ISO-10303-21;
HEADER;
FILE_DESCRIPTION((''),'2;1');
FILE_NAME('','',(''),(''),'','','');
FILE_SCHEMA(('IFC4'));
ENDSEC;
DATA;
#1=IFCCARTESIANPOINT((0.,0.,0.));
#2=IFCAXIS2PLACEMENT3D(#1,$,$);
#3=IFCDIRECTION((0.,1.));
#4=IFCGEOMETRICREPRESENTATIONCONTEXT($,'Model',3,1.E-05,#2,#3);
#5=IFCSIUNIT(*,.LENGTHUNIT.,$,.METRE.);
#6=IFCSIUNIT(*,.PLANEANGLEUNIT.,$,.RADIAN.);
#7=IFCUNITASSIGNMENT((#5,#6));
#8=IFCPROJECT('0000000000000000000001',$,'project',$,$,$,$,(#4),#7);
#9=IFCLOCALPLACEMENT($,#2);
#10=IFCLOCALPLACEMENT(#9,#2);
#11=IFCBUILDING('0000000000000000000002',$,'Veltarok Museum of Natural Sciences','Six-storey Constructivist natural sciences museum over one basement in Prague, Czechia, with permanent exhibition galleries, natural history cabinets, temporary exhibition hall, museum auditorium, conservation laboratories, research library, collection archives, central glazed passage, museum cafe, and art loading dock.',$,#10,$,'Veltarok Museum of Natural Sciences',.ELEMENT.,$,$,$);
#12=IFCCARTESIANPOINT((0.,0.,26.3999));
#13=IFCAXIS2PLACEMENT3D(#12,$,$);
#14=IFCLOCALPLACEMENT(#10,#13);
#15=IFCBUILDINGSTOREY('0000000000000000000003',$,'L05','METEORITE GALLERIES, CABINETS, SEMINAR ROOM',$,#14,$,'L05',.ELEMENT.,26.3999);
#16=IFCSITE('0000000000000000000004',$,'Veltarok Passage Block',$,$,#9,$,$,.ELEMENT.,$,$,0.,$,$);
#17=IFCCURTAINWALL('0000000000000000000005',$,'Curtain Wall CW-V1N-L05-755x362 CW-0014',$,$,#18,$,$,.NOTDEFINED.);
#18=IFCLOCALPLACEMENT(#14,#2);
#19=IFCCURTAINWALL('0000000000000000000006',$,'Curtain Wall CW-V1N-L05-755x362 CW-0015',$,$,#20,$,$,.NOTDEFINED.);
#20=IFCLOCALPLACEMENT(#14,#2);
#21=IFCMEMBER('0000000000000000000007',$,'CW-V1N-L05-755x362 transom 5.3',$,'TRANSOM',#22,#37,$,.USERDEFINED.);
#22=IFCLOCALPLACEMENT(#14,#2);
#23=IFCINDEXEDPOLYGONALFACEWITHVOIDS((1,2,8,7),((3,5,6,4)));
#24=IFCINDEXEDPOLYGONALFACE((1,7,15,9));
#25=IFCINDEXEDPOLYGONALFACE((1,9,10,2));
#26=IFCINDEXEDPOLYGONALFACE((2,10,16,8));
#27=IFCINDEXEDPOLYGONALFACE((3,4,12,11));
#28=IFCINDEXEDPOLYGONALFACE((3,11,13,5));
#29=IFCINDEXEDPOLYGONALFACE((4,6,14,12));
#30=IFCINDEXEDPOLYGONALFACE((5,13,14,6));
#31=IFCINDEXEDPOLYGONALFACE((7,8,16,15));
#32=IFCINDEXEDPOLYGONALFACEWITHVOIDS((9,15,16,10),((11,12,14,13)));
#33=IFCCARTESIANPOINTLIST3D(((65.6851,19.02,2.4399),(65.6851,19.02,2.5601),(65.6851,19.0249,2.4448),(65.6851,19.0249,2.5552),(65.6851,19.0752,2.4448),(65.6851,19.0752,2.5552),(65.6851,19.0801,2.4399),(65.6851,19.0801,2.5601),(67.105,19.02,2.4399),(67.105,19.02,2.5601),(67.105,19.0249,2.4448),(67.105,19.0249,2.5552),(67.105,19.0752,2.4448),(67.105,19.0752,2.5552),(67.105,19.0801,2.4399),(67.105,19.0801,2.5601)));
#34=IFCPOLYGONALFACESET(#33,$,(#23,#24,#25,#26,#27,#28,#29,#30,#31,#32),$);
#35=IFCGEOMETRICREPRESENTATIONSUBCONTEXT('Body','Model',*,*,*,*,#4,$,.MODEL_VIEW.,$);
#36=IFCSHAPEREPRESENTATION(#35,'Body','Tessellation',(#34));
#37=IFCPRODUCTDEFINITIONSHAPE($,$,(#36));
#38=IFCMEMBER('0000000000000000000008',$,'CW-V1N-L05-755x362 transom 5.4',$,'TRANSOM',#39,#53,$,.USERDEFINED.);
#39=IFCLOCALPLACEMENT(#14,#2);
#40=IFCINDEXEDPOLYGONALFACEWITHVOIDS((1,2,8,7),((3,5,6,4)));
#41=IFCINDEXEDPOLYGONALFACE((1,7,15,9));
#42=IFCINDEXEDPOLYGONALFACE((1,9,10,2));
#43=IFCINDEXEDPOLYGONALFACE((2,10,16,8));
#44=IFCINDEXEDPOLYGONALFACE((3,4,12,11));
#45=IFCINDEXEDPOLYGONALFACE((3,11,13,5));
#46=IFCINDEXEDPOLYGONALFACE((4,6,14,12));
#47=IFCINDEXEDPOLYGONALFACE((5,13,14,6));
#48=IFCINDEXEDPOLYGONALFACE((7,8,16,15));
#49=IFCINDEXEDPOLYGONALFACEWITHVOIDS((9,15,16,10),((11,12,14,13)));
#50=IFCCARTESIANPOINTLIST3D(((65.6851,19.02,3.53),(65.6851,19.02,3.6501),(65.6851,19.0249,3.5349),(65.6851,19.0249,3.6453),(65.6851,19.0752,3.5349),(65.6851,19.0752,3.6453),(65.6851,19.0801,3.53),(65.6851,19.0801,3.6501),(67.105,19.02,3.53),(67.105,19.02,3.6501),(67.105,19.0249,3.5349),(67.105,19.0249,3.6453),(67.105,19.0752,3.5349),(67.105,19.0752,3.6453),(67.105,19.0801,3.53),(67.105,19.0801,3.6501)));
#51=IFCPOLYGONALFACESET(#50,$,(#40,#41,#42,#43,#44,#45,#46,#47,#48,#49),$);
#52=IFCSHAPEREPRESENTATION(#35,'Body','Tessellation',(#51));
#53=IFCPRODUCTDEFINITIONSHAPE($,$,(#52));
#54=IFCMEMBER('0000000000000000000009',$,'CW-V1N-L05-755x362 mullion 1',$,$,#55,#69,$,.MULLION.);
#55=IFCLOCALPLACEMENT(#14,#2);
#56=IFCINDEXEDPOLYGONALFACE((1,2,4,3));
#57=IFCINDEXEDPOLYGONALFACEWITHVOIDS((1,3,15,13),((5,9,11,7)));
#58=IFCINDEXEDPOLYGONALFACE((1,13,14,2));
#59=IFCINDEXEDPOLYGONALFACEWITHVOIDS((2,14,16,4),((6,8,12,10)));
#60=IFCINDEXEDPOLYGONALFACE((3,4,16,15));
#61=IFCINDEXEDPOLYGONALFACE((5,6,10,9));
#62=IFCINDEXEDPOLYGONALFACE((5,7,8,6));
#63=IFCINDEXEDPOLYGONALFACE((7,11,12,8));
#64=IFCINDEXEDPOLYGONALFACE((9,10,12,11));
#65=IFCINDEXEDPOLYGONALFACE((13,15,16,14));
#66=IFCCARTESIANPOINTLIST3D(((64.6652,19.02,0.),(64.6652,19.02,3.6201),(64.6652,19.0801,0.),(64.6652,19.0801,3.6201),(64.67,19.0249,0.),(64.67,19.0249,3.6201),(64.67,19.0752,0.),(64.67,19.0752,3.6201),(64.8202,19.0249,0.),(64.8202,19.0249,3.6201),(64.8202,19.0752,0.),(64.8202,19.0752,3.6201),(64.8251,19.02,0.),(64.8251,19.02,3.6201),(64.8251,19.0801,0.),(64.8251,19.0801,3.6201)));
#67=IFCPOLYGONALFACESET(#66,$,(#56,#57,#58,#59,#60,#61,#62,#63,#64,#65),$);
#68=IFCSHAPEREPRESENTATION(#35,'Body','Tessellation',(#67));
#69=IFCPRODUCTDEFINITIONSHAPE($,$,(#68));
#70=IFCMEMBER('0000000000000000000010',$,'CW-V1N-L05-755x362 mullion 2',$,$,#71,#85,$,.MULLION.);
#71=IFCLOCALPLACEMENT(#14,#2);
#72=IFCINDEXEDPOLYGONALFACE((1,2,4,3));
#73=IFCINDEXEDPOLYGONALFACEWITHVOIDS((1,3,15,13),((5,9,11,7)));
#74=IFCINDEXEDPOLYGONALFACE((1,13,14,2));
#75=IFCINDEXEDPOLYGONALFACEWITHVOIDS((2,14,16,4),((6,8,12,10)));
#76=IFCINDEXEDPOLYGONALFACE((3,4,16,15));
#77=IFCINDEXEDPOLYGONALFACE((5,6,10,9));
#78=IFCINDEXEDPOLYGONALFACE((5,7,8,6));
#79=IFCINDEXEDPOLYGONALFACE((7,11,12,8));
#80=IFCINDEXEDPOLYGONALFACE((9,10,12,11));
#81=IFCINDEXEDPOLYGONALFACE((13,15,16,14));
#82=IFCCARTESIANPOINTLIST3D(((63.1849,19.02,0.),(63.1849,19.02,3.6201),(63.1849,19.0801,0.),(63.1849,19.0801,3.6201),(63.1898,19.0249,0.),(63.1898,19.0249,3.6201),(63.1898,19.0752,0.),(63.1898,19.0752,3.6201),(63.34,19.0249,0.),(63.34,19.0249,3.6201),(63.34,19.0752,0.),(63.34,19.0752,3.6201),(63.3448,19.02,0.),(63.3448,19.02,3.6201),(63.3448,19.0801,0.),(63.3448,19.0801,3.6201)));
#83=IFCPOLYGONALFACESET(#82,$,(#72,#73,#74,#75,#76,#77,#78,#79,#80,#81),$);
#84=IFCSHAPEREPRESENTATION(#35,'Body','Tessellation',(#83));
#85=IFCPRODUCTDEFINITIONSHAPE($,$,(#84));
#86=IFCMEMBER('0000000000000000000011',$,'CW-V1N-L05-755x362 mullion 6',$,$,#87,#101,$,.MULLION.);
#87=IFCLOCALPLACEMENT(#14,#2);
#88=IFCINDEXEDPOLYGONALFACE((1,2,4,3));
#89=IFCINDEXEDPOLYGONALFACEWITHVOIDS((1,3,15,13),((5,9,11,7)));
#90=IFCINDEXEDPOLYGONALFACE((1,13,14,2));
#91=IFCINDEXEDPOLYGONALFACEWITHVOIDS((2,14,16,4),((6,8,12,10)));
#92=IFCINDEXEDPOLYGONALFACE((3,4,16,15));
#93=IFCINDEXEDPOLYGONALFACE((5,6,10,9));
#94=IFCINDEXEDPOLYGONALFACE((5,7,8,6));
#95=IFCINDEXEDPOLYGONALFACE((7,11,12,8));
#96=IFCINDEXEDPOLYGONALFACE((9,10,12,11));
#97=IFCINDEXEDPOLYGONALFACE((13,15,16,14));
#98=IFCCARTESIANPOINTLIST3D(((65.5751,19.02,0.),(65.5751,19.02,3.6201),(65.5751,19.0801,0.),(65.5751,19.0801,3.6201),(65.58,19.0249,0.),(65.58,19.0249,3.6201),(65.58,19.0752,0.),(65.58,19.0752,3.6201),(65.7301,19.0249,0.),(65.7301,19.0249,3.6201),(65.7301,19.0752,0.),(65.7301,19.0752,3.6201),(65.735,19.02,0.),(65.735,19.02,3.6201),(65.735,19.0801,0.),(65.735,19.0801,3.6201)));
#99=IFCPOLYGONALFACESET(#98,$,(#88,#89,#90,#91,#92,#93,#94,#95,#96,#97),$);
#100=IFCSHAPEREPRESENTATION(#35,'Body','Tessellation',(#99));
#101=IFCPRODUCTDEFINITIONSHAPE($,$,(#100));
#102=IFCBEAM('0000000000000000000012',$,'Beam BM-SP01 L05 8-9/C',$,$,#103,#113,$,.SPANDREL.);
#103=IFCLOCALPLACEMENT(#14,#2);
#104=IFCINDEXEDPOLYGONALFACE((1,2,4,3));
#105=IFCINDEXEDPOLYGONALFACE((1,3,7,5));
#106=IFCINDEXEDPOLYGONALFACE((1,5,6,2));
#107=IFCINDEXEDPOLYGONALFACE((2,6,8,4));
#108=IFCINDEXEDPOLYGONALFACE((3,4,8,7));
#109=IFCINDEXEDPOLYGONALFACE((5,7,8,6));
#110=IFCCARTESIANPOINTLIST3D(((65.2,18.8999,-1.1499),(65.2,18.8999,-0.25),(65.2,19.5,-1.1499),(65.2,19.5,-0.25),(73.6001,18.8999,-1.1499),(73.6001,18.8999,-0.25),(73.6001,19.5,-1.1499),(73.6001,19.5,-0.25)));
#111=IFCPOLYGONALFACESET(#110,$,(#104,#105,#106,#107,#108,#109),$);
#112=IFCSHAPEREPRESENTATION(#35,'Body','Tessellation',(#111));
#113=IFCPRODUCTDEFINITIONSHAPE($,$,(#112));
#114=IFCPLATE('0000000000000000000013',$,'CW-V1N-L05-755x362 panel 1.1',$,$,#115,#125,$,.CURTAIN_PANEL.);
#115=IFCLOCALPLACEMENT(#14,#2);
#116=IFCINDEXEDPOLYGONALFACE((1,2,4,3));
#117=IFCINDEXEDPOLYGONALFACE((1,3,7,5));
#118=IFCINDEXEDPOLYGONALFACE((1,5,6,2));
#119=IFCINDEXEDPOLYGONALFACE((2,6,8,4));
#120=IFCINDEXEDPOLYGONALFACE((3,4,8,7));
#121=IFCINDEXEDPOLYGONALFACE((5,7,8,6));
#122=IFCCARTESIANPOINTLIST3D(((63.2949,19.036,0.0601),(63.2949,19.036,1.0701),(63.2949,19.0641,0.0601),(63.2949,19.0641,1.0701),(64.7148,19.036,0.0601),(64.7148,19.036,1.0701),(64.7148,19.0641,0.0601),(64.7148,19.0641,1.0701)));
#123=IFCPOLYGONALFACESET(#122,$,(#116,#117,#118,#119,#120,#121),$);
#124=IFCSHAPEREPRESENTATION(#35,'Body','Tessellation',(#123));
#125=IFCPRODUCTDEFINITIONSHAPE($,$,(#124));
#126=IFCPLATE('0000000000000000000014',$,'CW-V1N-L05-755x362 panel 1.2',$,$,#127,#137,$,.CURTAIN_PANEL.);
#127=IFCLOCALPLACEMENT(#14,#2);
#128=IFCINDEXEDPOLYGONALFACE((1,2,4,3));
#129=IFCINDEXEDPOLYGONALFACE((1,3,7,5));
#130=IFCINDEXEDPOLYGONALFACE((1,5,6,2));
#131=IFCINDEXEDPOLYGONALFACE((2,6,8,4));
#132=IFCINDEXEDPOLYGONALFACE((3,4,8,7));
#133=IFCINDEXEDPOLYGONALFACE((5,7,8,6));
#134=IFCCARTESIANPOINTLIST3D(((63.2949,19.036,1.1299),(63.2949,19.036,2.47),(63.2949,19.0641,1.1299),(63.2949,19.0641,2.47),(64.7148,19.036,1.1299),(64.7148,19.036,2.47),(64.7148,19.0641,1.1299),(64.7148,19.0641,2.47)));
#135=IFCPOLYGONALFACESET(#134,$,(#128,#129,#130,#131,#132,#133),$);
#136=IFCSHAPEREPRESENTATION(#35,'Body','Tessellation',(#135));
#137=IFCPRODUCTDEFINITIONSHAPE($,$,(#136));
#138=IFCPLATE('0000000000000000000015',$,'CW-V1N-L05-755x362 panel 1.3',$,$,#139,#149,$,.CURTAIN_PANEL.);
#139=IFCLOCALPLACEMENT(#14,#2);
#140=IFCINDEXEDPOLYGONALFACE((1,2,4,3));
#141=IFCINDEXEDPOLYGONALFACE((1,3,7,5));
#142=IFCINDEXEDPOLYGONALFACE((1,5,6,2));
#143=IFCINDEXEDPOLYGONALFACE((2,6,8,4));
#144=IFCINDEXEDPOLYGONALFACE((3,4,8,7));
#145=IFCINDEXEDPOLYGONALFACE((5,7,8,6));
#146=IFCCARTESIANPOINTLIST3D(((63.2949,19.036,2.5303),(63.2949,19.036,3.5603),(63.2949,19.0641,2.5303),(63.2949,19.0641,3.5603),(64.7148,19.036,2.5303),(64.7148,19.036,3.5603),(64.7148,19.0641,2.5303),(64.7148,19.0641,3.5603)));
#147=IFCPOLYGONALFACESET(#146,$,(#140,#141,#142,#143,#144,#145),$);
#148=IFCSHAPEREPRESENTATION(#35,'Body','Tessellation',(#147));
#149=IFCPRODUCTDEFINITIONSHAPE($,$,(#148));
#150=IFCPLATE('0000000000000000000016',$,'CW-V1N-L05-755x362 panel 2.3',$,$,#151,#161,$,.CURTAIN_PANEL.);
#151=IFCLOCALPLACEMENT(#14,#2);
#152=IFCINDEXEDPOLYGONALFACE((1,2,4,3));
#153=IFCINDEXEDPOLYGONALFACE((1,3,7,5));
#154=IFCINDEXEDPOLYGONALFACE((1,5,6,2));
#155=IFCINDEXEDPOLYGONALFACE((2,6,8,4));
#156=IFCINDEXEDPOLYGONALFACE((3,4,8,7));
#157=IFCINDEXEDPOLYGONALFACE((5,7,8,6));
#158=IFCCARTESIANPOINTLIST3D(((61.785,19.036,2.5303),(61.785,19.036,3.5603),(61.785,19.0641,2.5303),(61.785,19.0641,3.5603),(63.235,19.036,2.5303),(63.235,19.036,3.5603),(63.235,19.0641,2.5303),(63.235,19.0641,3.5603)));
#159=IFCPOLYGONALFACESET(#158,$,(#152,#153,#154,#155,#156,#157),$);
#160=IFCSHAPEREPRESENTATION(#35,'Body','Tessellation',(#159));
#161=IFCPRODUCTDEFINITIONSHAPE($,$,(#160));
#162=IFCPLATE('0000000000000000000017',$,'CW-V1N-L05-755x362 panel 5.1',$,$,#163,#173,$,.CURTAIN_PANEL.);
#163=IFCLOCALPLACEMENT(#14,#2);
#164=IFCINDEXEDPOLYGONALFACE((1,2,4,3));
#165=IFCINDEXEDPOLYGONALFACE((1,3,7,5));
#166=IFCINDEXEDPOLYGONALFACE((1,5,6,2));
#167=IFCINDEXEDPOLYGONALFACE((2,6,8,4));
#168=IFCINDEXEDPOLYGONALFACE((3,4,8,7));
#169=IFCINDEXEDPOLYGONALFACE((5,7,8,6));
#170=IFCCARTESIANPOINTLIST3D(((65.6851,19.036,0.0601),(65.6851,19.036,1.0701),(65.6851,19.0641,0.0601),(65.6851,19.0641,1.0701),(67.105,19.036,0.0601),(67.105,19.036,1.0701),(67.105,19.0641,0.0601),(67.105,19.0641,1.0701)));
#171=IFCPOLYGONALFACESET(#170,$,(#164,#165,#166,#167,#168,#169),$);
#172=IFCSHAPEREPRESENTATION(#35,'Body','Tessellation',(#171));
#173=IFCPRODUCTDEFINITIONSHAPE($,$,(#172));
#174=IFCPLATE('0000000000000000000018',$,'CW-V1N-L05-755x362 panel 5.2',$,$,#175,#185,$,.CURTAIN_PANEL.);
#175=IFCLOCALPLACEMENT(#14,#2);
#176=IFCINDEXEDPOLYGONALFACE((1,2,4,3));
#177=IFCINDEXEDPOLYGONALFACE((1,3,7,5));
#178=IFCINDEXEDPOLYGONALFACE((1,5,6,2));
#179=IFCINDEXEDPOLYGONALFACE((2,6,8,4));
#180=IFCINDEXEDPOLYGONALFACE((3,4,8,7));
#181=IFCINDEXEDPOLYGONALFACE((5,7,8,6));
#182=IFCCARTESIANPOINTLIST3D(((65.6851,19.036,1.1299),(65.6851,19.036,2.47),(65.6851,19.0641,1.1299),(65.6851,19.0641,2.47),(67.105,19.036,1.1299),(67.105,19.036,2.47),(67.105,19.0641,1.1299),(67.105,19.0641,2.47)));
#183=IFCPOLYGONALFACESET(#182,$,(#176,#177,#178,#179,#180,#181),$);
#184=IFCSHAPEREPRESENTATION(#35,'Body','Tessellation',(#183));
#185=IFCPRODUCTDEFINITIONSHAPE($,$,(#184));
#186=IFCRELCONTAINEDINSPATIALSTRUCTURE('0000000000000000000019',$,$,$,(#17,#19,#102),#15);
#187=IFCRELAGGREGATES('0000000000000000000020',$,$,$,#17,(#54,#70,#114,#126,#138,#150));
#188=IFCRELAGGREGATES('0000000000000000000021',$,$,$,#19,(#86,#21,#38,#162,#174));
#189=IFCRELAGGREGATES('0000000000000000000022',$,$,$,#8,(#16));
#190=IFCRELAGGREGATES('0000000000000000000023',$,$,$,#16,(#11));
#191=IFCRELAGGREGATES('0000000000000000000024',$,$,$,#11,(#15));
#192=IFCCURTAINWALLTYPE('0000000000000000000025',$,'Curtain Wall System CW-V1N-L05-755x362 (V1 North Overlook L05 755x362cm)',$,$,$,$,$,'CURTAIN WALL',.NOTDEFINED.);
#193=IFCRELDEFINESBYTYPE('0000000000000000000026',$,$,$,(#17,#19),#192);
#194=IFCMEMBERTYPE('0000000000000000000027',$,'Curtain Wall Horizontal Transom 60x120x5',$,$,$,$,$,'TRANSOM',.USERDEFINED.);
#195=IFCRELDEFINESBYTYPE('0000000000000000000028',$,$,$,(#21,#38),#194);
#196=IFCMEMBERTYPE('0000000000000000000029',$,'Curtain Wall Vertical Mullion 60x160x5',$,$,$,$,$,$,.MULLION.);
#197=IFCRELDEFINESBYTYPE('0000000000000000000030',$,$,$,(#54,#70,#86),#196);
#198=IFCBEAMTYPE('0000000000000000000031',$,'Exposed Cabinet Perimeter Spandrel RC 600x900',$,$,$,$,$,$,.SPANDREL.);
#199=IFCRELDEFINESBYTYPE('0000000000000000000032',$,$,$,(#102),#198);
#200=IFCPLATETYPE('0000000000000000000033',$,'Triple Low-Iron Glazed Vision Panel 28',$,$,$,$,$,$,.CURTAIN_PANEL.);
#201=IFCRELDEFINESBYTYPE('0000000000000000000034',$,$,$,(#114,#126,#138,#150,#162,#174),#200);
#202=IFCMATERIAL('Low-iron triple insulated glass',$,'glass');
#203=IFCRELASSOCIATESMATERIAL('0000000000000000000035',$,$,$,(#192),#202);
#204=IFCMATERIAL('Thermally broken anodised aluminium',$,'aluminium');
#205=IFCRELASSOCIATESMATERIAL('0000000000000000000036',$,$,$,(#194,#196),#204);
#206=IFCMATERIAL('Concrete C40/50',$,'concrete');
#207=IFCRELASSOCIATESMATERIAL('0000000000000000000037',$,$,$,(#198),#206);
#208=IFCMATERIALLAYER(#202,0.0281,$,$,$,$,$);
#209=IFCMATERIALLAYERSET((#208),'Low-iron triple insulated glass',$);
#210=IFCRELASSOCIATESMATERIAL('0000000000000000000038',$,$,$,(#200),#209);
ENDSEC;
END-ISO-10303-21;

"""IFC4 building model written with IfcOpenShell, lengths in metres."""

from ifc_helpers import new_model, si_unit, direction, frame, origin, origin_2d, place, context, subcontext, project, spatial, rectangle, hollow_rectangle, extrude, material, layer, layer_set, material_profile, profile_set, type_object, element, aggregate, save


model = new_model("IFC4")

# Units and contexts
model_context = context("Model", 3, precision=1e-05, world=origin(), true_north=direction((0.0, 1.0)))
body_context = subcontext(model_context, "Body", "Model", "MODEL_VIEW")
ifc_project = project(units=[si_unit("LENGTHUNIT", "METRE"), si_unit("PLANEANGLEUNIT", "RADIAN")], contexts=[model_context])

# Site, building, storey
site_placement = place(None, origin())
site = spatial("IfcSite", under=ifc_project, at=site_placement, Name="Veltarok Passage Block", CompositionType="ELEMENT", RefElevation=0.0)
building_placement = place(site_placement, origin())
building = spatial("IfcBuilding", under=site, at=building_placement, Name="Veltarok Museum of Natural Sciences", Description="Six-storey Constructivist natural sciences museum over one basement in Prague, Czechia, with permanent exhibition galleries, natural history cabinets, temporary exhibition hall, museum auditorium, conservation laboratories, research library, collection archives, central glazed passage, museum cafe, and art loading dock.", LongName="Veltarok Museum of Natural Sciences", CompositionType="ELEMENT")
storey_placement = place(building_placement, frame((0.0, 0.0, 26.3999)))
storey = spatial("IfcBuildingStorey", under=building, at=storey_placement, Name="L05", Description="METEORITE GALLERIES, CABINETS, SEMINAR ROOM", LongName="L05", CompositionType="ELEMENT", Elevation=26.3999)

# Shared definitions
ifc_material_1 = material(Name="Concrete C40/50", Category="concrete")

# Curtain walls, members
ifc_material_2 = material(Name="Low-iron triple insulated glass", Category="glass")
curtain_wall_type = type_object("IfcCurtainWallType", Name="Curtain Wall System CW-V1N-L05-755x362 (V1 North Overlook L05 755x362cm)", ElementType="CURTAIN WALL", PredefinedType="NOTDEFINED", material=ifc_material_2)
curtain_wall_1_placement = place(storey_placement, origin())
curtain_wall_1 = element("IfcCurtainWall", 1, at=curtain_wall_1_placement, inside=storey, type_object=curtain_wall_type, Name="Curtain Wall CW-V1N-L05-755x362 CW-0014", PredefinedType="NOTDEFINED")
ifc_material_3 = material(Name="Thermally broken anodised aluminium", Category="aluminium")
ifc_material_profile_1 = material_profile(ifc_material_3, hollow_rectangle(XDim=0.0601, YDim=0.1201, WallThickness=0.0049, at=origin_2d()), Name="CW TRANSOM 60x120x5")
ifc_profile_set_1 = profile_set([ifc_material_profile_1], Name="Thermally broken anodised aluminium")
member_type_1 = type_object("IfcMemberType", Name="Curtain Wall Horizontal Transom 60x120x5", ElementType="TRANSOM", PredefinedType="USERDEFINED", material=ifc_profile_set_1)
curtain_wall_2_placement = place(storey_placement, origin())
curtain_wall_2 = element("IfcCurtainWall", 2, at=curtain_wall_2_placement, inside=storey, type_object=curtain_wall_type, Name="Curtain Wall CW-V1N-L05-755x362 CW-0015", PredefinedType="NOTDEFINED")
member_1_placement = place(storey_placement, frame((67.105, 19.05, 2.5), z_axis=(-1.0, 0.0, 0.0), x_axis=(0.0, -1.0, 0.0)))
member_1 = element("IfcMember", 3, at=member_1_placement, type_object=member_type_1, Name="CW-V1N-L05-755x362 transom 5.3", ObjectType="TRANSOM", PredefinedType="USERDEFINED", context=body_context, shape_type="SweptSolid", body=[
    extrude(hollow_rectangle(XDim=0.0601, YDim=0.1201, WallThickness=0.0049, at=origin_2d()), origin(), (0.0, 0.0, 1.0), 1.4199),
])
member_2_placement = place(storey_placement, frame((67.105, 19.05, 3.5901), z_axis=(-1.0, 0.0, 0.0), x_axis=(0.0, -1.0, 0.0)))
member_2 = element("IfcMember", 4, at=member_2_placement, type_object=member_type_1, Name="CW-V1N-L05-755x362 transom 5.4", ObjectType="TRANSOM", PredefinedType="USERDEFINED", context=body_context, shape_type="SweptSolid", body=[
    extrude(hollow_rectangle(XDim=0.0601, YDim=0.1201, WallThickness=0.0049, at=origin_2d()), origin(), (0.0, 0.0, 1.0), 1.4199),
])

# Members
ifc_material_profile_2 = material_profile(ifc_material_3, hollow_rectangle(XDim=0.0601, YDim=0.1599, WallThickness=0.0049, at=origin_2d()), Name="CW MULLION 60x160x5")
ifc_profile_set_2 = profile_set([ifc_material_profile_2], Name="Thermally broken anodised aluminium")
member_type_2 = type_object("IfcMemberType", Name="Curtain Wall Vertical Mullion 60x160x5", PredefinedType="MULLION", material=ifc_profile_set_2)
member_3_placement = place(storey_placement, frame((64.7451, 19.05, 0.0), z_axis=(0.0, 0.0, 1.0), x_axis=(0.0, -1.0, 0.0)))
member_3 = element("IfcMember", 5, at=member_3_placement, type_object=member_type_2, Name="CW-V1N-L05-755x362 mullion 1", PredefinedType="MULLION", context=body_context, shape_type="SweptSolid", body=[
    extrude(hollow_rectangle(XDim=0.0601, YDim=0.1599, WallThickness=0.0049, at=origin_2d()), origin(), (0.0, 0.0, 1.0), 3.6201),
])
member_4_placement = place(storey_placement, frame((63.2649, 19.05, 0.0), z_axis=(0.0, 0.0, 1.0), x_axis=(0.0, -1.0, 0.0)))
member_4 = element("IfcMember", 6, at=member_4_placement, type_object=member_type_2, Name="CW-V1N-L05-755x362 mullion 2", PredefinedType="MULLION", context=body_context, shape_type="SweptSolid", body=[
    extrude(hollow_rectangle(XDim=0.0601, YDim=0.1599, WallThickness=0.0049, at=origin_2d()), origin(), (0.0, 0.0, 1.0), 3.6201),
])
member_5_placement = place(storey_placement, frame((65.655, 19.05, 0.0), z_axis=(0.0, 0.0, 1.0), x_axis=(0.0, -1.0, 0.0)))
member_5 = element("IfcMember", 7, at=member_5_placement, type_object=member_type_2, Name="CW-V1N-L05-755x362 mullion 6", PredefinedType="MULLION", context=body_context, shape_type="SweptSolid", body=[
    extrude(hollow_rectangle(XDim=0.0601, YDim=0.1599, WallThickness=0.0049, at=origin_2d()), origin(), (0.0, 0.0, 1.0), 3.6201),
])

# Beam
ifc_material_profile_3 = material_profile(ifc_material_1, rectangle(XDim=0.6001, YDim=0.8999, at=origin_2d()), Name="RC 600x900")
ifc_profile_set_3 = profile_set([ifc_material_profile_3], Name="Concrete C40/50")
beam_type = type_object("IfcBeamType", Name="Exposed Cabinet Perimeter Spandrel RC 600x900", PredefinedType="SPANDREL", material=ifc_profile_set_3)
beam_placement = place(storey_placement, frame((65.2, 19.2, -0.7), z_axis=(1.0, 0.0, 0.0), x_axis=(0.0, 1.0, 0.0)))
element("IfcBeam", 8, at=beam_placement, inside=storey, type_object=beam_type, Name="Beam BM-SP01 L05 8-9/C", PredefinedType="SPANDREL", context=body_context, shape_type="SweptSolid", body=[
    extrude(rectangle(XDim=0.6001, YDim=0.8999, at=origin_2d()), origin(), (0.0, 0.0, 1.0), 8.4001),
])

# Plates
ifc_layer = layer(ifc_material_2, 0.0281)
ifc_layer_set = layer_set([ifc_layer], Name="Low-iron triple insulated glass")
plate_type = type_object("IfcPlateType", Name="Triple Low-Iron Glazed Vision Panel 28", PredefinedType="CURTAIN_PANEL", material=ifc_layer_set)
plate_1_placement = place(storey_placement, frame((64.0049, 19.05, 0.0601), z_axis=(0.0, 0.0, 1.0), x_axis=(-1.0, 0.0, 0.0)))
plate_1 = element("IfcPlate", 9, at=plate_1_placement, type_object=plate_type, Name="CW-V1N-L05-755x362 panel 1.1", PredefinedType="CURTAIN_PANEL", context=body_context, shape_type="SweptSolid", body=[
    extrude(rectangle(XDim=1.4199, YDim=0.0281, at=origin_2d()), origin(), (0.0, 0.0, 1.0), 1.01),
])
plate_2_placement = place(storey_placement, frame((64.0049, 19.05, 1.1299), z_axis=(0.0, 0.0, 1.0), x_axis=(-1.0, 0.0, 0.0)))
plate_2 = element("IfcPlate", 10, at=plate_2_placement, type_object=plate_type, Name="CW-V1N-L05-755x362 panel 1.2", PredefinedType="CURTAIN_PANEL", context=body_context, shape_type="SweptSolid", body=[
    extrude(rectangle(XDim=1.4199, YDim=0.0281, at=origin_2d()), origin(), (0.0, 0.0, 1.0), 1.3401),
])
plate_3_placement = place(storey_placement, frame((64.0049, 19.05, 2.5303), z_axis=(0.0, 0.0, 1.0), x_axis=(-1.0, 0.0, 0.0)))
plate_3 = element("IfcPlate", 11, at=plate_3_placement, type_object=plate_type, Name="CW-V1N-L05-755x362 panel 1.3", PredefinedType="CURTAIN_PANEL", context=body_context, shape_type="SweptSolid", body=[
    extrude(rectangle(XDim=1.4199, YDim=0.0281, at=origin_2d()), origin(), (0.0, 0.0, 1.0), 1.03),
])
plate_4_placement = place(storey_placement, frame((62.51, 19.05, 2.5303), z_axis=(0.0, 0.0, 1.0), x_axis=(-1.0, 0.0, 0.0)))
plate_4 = element("IfcPlate", 12, at=plate_4_placement, type_object=plate_type, Name="CW-V1N-L05-755x362 panel 2.3", PredefinedType="CURTAIN_PANEL", context=body_context, shape_type="SweptSolid", body=[
    extrude(rectangle(XDim=1.45, YDim=0.0281, at=origin_2d()), origin(), (0.0, 0.0, 1.0), 1.03),
])
aggregate(curtain_wall_1, [member_3, member_4, plate_1, plate_2, plate_3, plate_4])
plate_5_placement = place(storey_placement, frame((66.395, 19.05, 0.0601), z_axis=(0.0, 0.0, 1.0), x_axis=(-1.0, 0.0, 0.0)))
plate_5 = element("IfcPlate", 13, at=plate_5_placement, type_object=plate_type, Name="CW-V1N-L05-755x362 panel 5.1", PredefinedType="CURTAIN_PANEL", context=body_context, shape_type="SweptSolid", body=[
    extrude(rectangle(XDim=1.4199, YDim=0.0281, at=origin_2d()), origin(), (0.0, 0.0, 1.0), 1.01),
])
plate_6_placement = place(storey_placement, frame((66.395, 19.05, 1.1299), z_axis=(0.0, 0.0, 1.0), x_axis=(-1.0, 0.0, 0.0)))
plate_6 = element("IfcPlate", 14, at=plate_6_placement, type_object=plate_type, Name="CW-V1N-L05-755x362 panel 5.2", PredefinedType="CURTAIN_PANEL", context=body_context, shape_type="SweptSolid", body=[
    extrude(rectangle(XDim=1.4199, YDim=0.0281, at=origin_2d()), origin(), (0.0, 0.0, 1.0), 1.3401),
])
aggregate(curtain_wall_2, [member_5, member_1, member_2, plate_5, plate_6])

save(model, "model.ifc")
